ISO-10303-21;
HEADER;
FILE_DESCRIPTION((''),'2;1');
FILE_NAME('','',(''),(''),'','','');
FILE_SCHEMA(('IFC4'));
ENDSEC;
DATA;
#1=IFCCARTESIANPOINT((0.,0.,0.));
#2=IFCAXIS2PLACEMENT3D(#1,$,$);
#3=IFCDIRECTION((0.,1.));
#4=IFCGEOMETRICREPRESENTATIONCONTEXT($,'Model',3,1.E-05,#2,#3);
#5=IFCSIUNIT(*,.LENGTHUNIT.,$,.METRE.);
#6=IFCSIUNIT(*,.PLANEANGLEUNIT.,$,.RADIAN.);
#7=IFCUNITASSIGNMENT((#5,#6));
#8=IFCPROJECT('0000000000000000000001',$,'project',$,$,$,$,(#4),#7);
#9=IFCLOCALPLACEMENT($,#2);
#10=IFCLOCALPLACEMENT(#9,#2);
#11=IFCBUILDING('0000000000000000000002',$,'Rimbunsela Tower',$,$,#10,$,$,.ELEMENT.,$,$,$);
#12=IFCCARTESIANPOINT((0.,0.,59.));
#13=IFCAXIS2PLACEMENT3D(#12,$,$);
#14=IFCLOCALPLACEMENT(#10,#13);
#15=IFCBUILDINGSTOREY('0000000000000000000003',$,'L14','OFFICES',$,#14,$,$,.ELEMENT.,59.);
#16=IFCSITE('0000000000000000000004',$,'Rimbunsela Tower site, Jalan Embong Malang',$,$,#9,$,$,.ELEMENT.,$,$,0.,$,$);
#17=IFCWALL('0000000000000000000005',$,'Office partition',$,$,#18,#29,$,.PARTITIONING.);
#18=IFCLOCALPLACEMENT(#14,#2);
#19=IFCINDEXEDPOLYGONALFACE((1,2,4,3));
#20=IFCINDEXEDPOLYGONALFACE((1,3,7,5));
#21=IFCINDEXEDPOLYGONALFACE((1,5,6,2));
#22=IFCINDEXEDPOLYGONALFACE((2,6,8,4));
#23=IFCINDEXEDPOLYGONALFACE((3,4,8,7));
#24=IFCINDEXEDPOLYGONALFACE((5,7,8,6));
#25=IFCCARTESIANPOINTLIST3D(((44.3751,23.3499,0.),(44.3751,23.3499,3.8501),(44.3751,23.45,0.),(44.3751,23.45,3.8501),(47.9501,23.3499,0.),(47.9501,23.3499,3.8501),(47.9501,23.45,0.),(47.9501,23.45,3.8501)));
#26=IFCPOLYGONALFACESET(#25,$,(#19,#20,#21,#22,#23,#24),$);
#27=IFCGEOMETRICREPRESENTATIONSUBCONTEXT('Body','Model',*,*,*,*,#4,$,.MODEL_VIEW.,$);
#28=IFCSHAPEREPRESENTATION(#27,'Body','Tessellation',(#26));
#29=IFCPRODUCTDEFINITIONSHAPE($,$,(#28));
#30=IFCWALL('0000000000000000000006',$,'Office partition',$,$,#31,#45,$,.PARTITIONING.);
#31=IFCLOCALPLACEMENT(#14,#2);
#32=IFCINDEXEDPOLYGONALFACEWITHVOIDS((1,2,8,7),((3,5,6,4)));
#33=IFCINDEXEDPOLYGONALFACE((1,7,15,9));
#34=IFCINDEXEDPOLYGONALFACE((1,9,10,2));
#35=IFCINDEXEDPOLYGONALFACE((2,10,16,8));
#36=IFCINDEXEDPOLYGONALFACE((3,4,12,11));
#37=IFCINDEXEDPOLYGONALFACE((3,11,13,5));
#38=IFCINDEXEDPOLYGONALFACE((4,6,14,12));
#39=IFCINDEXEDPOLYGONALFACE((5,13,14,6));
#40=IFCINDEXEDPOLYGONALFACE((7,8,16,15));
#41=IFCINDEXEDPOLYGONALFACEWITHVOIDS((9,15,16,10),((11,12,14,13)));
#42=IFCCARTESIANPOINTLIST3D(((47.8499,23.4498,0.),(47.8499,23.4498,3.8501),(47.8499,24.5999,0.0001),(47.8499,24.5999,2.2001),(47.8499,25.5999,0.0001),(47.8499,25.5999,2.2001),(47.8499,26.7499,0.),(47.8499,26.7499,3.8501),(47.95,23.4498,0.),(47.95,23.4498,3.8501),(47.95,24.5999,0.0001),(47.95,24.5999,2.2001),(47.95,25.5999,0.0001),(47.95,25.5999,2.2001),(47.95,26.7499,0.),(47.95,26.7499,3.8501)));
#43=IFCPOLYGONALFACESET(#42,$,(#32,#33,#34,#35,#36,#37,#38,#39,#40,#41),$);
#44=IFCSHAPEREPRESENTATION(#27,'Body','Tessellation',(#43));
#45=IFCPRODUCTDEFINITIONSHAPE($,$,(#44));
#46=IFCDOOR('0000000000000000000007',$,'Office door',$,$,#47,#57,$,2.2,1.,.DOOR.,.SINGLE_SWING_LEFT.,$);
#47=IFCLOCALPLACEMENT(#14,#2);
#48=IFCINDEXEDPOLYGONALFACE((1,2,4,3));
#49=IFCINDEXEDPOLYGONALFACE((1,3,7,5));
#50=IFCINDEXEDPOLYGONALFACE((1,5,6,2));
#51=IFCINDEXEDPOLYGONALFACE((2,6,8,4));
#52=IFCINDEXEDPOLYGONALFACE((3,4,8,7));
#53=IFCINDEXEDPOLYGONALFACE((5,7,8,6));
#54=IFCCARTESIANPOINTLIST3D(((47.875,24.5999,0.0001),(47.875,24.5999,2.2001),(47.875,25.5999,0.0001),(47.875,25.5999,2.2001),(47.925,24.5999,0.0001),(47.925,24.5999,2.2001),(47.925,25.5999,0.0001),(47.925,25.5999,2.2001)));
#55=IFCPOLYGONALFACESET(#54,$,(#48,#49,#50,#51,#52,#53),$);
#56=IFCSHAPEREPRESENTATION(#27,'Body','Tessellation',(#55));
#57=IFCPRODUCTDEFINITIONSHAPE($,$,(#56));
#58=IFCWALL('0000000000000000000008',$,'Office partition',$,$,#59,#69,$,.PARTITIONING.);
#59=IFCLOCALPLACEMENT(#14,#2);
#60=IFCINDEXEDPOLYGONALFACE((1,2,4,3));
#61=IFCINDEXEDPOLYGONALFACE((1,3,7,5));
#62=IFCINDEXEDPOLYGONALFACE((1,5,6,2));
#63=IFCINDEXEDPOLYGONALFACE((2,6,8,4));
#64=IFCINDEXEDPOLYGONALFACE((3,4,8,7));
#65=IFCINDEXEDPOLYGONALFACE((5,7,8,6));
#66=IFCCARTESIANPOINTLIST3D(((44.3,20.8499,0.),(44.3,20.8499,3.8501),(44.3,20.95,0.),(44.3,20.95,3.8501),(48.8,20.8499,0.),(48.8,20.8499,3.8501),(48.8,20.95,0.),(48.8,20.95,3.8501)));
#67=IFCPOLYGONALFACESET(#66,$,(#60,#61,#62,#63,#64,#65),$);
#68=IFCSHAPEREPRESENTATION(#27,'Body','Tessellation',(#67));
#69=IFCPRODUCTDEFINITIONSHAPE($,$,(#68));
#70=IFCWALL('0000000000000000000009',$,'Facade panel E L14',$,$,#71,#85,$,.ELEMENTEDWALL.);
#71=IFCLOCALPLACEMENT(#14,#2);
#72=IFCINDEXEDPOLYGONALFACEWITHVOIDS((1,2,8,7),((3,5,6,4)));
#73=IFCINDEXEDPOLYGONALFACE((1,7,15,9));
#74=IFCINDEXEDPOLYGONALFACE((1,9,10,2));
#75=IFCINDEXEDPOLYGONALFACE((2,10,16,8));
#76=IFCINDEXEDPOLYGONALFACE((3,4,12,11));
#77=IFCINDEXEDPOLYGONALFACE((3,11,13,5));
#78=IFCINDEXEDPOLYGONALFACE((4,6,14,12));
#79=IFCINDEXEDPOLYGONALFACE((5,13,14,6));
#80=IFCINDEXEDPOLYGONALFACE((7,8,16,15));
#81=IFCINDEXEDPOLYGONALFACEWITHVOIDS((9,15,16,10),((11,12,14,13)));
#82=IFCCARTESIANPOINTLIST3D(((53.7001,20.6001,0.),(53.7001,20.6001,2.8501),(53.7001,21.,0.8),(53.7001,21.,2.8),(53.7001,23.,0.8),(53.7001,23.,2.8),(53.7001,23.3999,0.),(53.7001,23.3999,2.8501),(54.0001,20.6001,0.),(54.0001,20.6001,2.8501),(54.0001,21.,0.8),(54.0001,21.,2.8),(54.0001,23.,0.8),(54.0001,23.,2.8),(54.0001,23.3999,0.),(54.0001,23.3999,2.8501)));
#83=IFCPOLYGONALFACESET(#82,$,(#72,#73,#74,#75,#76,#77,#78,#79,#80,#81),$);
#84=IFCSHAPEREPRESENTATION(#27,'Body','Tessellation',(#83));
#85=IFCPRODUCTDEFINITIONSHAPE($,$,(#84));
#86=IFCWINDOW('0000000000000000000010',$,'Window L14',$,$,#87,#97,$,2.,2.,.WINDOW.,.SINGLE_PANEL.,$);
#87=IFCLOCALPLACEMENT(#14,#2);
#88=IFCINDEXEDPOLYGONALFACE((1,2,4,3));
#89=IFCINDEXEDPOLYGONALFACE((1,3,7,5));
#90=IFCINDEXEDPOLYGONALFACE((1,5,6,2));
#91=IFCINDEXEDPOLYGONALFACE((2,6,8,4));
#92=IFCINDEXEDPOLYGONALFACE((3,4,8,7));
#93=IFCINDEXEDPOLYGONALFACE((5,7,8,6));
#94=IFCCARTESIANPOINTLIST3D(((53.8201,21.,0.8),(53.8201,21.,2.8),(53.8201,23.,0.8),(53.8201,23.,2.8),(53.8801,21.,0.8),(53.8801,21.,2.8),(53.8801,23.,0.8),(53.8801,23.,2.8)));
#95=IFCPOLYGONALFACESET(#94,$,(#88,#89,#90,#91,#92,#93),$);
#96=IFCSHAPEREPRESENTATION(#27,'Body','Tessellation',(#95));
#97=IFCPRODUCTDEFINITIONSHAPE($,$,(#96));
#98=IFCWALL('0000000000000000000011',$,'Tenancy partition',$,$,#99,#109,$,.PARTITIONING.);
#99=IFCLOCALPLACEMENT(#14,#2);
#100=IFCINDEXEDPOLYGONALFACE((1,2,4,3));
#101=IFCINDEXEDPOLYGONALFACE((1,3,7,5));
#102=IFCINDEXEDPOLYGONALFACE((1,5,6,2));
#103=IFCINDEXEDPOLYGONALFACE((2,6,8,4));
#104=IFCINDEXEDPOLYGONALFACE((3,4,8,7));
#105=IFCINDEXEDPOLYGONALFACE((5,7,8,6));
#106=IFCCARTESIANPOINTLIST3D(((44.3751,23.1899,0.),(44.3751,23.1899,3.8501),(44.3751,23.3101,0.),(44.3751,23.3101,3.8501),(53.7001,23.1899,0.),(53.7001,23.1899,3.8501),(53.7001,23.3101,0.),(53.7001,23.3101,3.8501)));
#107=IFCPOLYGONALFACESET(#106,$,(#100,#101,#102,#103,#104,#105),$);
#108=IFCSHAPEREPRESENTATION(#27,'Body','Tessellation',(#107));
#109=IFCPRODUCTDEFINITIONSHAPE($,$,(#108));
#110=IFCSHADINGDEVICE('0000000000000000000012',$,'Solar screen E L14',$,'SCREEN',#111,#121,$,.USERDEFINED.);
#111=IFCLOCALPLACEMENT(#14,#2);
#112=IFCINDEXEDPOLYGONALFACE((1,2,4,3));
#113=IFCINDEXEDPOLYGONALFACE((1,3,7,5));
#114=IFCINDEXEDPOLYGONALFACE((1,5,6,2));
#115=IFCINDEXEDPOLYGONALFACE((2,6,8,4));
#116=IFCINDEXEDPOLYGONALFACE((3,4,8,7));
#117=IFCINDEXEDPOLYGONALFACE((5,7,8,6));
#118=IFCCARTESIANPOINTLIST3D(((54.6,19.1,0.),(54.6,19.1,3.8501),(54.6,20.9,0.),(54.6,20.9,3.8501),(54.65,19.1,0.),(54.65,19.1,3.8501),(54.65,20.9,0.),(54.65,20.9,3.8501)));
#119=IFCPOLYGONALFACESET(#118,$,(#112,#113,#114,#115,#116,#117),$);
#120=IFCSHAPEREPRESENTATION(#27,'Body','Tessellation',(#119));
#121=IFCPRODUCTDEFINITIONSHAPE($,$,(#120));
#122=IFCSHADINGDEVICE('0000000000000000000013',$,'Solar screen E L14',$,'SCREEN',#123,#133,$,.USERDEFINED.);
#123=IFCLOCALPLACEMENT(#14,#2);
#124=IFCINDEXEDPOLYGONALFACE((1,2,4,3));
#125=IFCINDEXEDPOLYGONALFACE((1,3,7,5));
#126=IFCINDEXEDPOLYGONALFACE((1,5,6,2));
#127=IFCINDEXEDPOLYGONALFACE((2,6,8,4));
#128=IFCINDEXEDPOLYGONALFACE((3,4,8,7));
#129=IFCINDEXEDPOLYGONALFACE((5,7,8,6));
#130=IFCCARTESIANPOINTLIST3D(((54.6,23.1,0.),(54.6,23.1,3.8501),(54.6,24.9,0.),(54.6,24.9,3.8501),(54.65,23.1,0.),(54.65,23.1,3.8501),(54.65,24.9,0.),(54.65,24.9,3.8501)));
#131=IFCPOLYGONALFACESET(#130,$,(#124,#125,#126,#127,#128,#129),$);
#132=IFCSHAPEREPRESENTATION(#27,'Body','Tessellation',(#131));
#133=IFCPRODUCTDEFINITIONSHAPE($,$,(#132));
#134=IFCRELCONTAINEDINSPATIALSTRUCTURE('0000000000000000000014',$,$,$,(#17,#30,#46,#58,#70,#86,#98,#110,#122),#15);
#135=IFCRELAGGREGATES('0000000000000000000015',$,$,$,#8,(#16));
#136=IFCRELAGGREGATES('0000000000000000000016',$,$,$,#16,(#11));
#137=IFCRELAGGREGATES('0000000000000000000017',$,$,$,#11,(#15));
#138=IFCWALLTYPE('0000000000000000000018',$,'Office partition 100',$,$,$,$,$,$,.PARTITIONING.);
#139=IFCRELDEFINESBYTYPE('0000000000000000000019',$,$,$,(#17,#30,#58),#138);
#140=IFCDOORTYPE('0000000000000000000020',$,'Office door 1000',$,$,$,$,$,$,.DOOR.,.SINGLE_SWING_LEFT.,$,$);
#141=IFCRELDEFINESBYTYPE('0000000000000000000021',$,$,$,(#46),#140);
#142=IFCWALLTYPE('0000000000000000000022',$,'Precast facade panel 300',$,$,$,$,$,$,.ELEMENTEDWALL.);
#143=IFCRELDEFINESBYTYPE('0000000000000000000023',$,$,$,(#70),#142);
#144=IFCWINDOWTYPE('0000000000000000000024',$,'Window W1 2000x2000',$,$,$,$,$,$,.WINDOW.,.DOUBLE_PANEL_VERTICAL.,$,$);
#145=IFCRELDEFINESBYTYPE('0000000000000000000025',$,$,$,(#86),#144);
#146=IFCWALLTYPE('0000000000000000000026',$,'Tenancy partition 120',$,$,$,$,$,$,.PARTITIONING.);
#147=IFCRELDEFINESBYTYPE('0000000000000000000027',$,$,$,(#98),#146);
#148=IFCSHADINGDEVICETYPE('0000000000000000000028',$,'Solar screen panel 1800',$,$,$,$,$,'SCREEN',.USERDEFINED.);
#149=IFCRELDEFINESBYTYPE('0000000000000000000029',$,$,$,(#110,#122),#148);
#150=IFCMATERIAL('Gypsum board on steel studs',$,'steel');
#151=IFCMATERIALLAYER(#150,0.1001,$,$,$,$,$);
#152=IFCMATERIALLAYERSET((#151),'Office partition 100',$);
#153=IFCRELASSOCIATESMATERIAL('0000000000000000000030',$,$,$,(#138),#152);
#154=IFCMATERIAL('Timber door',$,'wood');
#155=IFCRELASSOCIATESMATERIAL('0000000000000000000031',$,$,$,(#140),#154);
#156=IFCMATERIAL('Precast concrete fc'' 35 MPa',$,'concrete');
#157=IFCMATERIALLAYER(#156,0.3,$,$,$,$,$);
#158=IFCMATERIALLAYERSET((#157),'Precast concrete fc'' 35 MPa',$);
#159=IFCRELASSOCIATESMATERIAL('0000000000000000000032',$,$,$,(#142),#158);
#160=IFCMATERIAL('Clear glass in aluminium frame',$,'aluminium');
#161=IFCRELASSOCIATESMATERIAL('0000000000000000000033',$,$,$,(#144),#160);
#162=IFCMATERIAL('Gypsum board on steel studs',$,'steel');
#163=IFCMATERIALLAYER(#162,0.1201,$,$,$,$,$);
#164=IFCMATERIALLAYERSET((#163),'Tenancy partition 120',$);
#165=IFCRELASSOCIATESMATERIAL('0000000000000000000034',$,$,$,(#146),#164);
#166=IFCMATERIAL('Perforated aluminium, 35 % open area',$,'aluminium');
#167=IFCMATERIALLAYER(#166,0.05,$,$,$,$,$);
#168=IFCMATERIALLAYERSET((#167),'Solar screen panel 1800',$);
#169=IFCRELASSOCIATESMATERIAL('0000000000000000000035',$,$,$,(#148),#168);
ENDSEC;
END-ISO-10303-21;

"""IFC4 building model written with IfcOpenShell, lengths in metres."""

from ifc_helpers import new_model, si_unit, direction, frame, frame_2d, origin, origin_2d, place, context, subcontext, project, spatial, rectangle, extrude, material, layer, layer_set, type_object, element, fill, save


model = new_model("IFC4")

# Units and contexts
model_context = context("Model", 3, precision=1e-05, world=origin(), true_north=direction((0.0, 1.0)))
body_context = subcontext(model_context, "Body", "Model", "MODEL_VIEW")
ifc_project = project(units=[si_unit("LENGTHUNIT", "METRE"), si_unit("PLANEANGLEUNIT", "RADIAN")], contexts=[model_context])

# Site, building, storey
site_placement = place(None, origin())
site = spatial("IfcSite", under=ifc_project, at=site_placement, Name="Rimbunsela Tower site, Jalan Embong Malang", CompositionType="ELEMENT", RefElevation=0.0)
building_placement = place(site_placement, origin())
building = spatial("IfcBuilding", under=site, at=building_placement, Name="Rimbunsela Tower", CompositionType="ELEMENT")
storey_placement = place(building_placement, frame((0.0, 0.0, 59.0)))
storey = spatial("IfcBuildingStorey", under=building, at=storey_placement, Name="L14", Description="OFFICES", CompositionType="ELEMENT", Elevation=59.0)

# Wall
ifc_material_1 = material(Name="Gypsum board on steel studs", Category="steel")
ifc_layer_1 = layer(ifc_material_1, 0.1001)
ifc_layer_set_1 = layer_set([ifc_layer_1], Name="Office partition 100")
wall_type_1 = type_object("IfcWallType", Name="Office partition 100", PredefinedType="PARTITIONING", material=ifc_layer_set_1)
wall_1_placement = place(storey_placement, frame((44.375, 23.3999, 0.0), z_axis=(0.0, 0.0, 1.0), x_axis=(1.0, 0.0, 0.0)))
element("IfcWall", 1, at=wall_1_placement, inside=storey, type_object=wall_type_1, Name="Office partition", PredefinedType="PARTITIONING", context=body_context, shape_type="SweptSolid", body=[
    extrude(rectangle(XDim=3.575, YDim=0.1001, at=frame_2d((1.7876, 0.0))), origin(), (0.0, 0.0, 1.0), 3.8501),
])

# Wall, opening, door
wall_2_placement = place(storey_placement, frame((47.8999, 23.45, 0.0), z_axis=(0.0, 0.0, 1.0), x_axis=(0.0, 1.0, 0.0)))
wall_2 = element("IfcWall", 2, at=wall_2_placement, inside=storey, type_object=wall_type_1, Name="Office partition", PredefinedType="PARTITIONING", context=body_context, shape_type="SweptSolid", body=[
    extrude(rectangle(XDim=3.3, YDim=0.1001, at=frame_2d((1.6499, 0.0))), origin(), (0.0, 0.0, 1.0), 3.8501),
])
opening_1_placement = place(wall_2_placement, frame((1.1499, 0.0, 0.0)))
opening_1 = element("IfcOpeningElement", 3, at=opening_1_placement, cuts=wall_2, PredefinedType="OPENING", context=body_context, shape_type="SweptSolid", body=[
    extrude(rectangle(XDim=1.0, YDim=2.2, at=frame_2d((0.5, 1.1001))), frame((0.0, 0.0601, 0.0), z_axis=(0.0, -1.0, 0.0), x_axis=(1.0, 0.0, 0.0)), (0.0, 0.0, 1.0), 0.1201),
])
ifc_material_2 = material(Name="Timber door", Category="wood")
door_type = type_object("IfcDoorType", Name="Office door 1000", OperationType="SINGLE_SWING_LEFT", PredefinedType="DOOR", material=ifc_material_2)
door_placement = place(opening_1_placement, origin())
door = element("IfcDoor", 4, at=door_placement, inside=storey, type_object=door_type, Name="Office door", OperationType="SINGLE_SWING_LEFT", OverallHeight=2.2, OverallWidth=1.0, PredefinedType="DOOR", context=body_context, shape_type="SweptSolid", body=[
    extrude(rectangle(XDim=1.0, YDim=2.2, at=frame_2d((0.5, 1.1001))), frame((0.0, 0.0249, 0.0), z_axis=(0.0, -1.0, 0.0), x_axis=(1.0, 0.0, 0.0)), (0.0, 0.0, 1.0), 0.05),
])
fill(opening_1, door)

# Wall
wall_3_placement = place(storey_placement, frame((48.8, 20.8999, 0.0), z_axis=(0.0, 0.0, 1.0), x_axis=(-1.0, 0.0, 0.0)))
element("IfcWall", 5, at=wall_3_placement, inside=storey, type_object=wall_type_1, Name="Office partition", PredefinedType="PARTITIONING", context=body_context, shape_type="SweptSolid", body=[
    extrude(rectangle(XDim=4.5, YDim=0.1001, at=frame_2d((2.25, 0.0))), origin(), (0.0, 0.0, 1.0), 3.8501),
])

# Wall, opening, window
ifc_material_3 = material(Name="Precast concrete fc' 35 MPa", Category="concrete")
ifc_layer_2 = layer(ifc_material_3, 0.3)
ifc_layer_set_2 = layer_set([ifc_layer_2], Name="Precast concrete fc' 35 MPa")
wall_type_2 = type_object("IfcWallType", Name="Precast facade panel 300", PredefinedType="ELEMENTEDWALL", material=ifc_layer_set_2)
wall_4_placement = place(storey_placement, frame((53.8501, 20.6001, 0.0), z_axis=(0.0, 0.0, 1.0), x_axis=(0.0, 1.0, 0.0)))
wall_4 = element("IfcWall", 6, at=wall_4_placement, inside=storey, type_object=wall_type_2, Name="Facade panel E L14", PredefinedType="ELEMENTEDWALL", context=body_context, shape_type="SweptSolid", body=[
    extrude(rectangle(XDim=2.7998, YDim=0.3, at=frame_2d((1.3999, 0.0))), origin(), (0.0, 0.0, 1.0), 2.8501),
])
opening_2_placement = place(wall_4_placement, frame((0.3999, 0.0, 0.8)))
opening_2 = element("IfcOpeningElement", 7, at=opening_2_placement, cuts=wall_4, PredefinedType="OPENING", context=body_context, shape_type="SweptSolid", body=[
    extrude(rectangle(XDim=2.0, YDim=2.0, at=frame_2d((1.0, 1.0))), frame((0.0, 0.1599, 0.0), z_axis=(0.0, -1.0, 0.0), x_axis=(1.0, 0.0, 0.0)), (0.0, 0.0, 1.0), 0.3201),
])
ifc_material_4 = material(Name="Clear glass in aluminium frame", Category="aluminium")
window_type = type_object("IfcWindowType", Name="Window W1 2000x2000", PartitioningType="DOUBLE_PANEL_VERTICAL", PredefinedType="WINDOW", material=ifc_material_4)
window_placement = place(opening_2_placement, origin())
window = element("IfcWindow", 8, at=window_placement, inside=storey, type_object=window_type, Name="Window L14", OverallHeight=2.0, OverallWidth=2.0, PartitioningType="SINGLE_PANEL", PredefinedType="WINDOW", context=body_context, shape_type="SweptSolid", body=[
    extrude(rectangle(XDim=2.0, YDim=2.0, at=frame_2d((1.0, 1.0))), frame((0.0, 0.03, 0.0), z_axis=(0.0, -1.0, 0.0), x_axis=(1.0, 0.0, 0.0)), (0.0, 0.0, 1.0), 0.0601),
])
fill(opening_2, window)

# Wall
ifc_material_5 = material(Name="Gypsum board on steel studs", Category="steel")
ifc_layer_3 = layer(ifc_material_5, 0.1201)
ifc_layer_set_3 = layer_set([ifc_layer_3], Name="Tenancy partition 120")
wall_type_3 = type_object("IfcWallType", Name="Tenancy partition 120", PredefinedType="PARTITIONING", material=ifc_layer_set_3)
wall_5_placement = place(storey_placement, frame((44.375, 23.25, 0.0), z_axis=(0.0, 0.0, 1.0), x_axis=(1.0, 0.0, 0.0)))
element("IfcWall", 9, at=wall_5_placement, inside=storey, type_object=wall_type_3, Name="Tenancy partition", PredefinedType="PARTITIONING", context=body_context, shape_type="SweptSolid", body=[
    extrude(rectangle(XDim=9.325, YDim=0.1201, at=frame_2d((4.6626, 0.0))), origin(), (0.0, 0.0, 1.0), 3.8501),
])

# Shading devices
ifc_material_6 = material(Name="Perforated aluminium, 35 % open area", Category="aluminium")
ifc_layer_4 = layer(ifc_material_6, 0.05)
ifc_layer_set_4 = layer_set([ifc_layer_4], Name="Solar screen panel 1800")
shading_device_type = type_object("IfcShadingDeviceType", Name="Solar screen panel 1800", ElementType="SCREEN", PredefinedType="USERDEFINED", material=ifc_layer_set_4)
for number, where, z_axis, x_axis, name in (
    (10, (54.625, 20.0, 0.0), (0.0, 0.0, 1.0), (0.0, 1.0, 0.0), "Solar screen E L14"),
    (11, (54.625, 24.0, 0.0), (0.0, 0.0, 1.0), (0.0, 1.0, 0.0), "Solar screen E L14"),
):
    element("IfcShadingDevice", number, at=place(storey_placement, frame(where, z_axis=z_axis, x_axis=x_axis)), inside=storey, type_object=shading_device_type, Name=name, ObjectType="SCREEN", PredefinedType="USERDEFINED", context=body_context, shape_type="SweptSolid", body=[
        extrude(rectangle(XDim=1.8, YDim=0.05, at=origin_2d()), origin(), (0.0, 0.0, 1.0), 3.8501),
    ])

save(model, "model.ifc")
